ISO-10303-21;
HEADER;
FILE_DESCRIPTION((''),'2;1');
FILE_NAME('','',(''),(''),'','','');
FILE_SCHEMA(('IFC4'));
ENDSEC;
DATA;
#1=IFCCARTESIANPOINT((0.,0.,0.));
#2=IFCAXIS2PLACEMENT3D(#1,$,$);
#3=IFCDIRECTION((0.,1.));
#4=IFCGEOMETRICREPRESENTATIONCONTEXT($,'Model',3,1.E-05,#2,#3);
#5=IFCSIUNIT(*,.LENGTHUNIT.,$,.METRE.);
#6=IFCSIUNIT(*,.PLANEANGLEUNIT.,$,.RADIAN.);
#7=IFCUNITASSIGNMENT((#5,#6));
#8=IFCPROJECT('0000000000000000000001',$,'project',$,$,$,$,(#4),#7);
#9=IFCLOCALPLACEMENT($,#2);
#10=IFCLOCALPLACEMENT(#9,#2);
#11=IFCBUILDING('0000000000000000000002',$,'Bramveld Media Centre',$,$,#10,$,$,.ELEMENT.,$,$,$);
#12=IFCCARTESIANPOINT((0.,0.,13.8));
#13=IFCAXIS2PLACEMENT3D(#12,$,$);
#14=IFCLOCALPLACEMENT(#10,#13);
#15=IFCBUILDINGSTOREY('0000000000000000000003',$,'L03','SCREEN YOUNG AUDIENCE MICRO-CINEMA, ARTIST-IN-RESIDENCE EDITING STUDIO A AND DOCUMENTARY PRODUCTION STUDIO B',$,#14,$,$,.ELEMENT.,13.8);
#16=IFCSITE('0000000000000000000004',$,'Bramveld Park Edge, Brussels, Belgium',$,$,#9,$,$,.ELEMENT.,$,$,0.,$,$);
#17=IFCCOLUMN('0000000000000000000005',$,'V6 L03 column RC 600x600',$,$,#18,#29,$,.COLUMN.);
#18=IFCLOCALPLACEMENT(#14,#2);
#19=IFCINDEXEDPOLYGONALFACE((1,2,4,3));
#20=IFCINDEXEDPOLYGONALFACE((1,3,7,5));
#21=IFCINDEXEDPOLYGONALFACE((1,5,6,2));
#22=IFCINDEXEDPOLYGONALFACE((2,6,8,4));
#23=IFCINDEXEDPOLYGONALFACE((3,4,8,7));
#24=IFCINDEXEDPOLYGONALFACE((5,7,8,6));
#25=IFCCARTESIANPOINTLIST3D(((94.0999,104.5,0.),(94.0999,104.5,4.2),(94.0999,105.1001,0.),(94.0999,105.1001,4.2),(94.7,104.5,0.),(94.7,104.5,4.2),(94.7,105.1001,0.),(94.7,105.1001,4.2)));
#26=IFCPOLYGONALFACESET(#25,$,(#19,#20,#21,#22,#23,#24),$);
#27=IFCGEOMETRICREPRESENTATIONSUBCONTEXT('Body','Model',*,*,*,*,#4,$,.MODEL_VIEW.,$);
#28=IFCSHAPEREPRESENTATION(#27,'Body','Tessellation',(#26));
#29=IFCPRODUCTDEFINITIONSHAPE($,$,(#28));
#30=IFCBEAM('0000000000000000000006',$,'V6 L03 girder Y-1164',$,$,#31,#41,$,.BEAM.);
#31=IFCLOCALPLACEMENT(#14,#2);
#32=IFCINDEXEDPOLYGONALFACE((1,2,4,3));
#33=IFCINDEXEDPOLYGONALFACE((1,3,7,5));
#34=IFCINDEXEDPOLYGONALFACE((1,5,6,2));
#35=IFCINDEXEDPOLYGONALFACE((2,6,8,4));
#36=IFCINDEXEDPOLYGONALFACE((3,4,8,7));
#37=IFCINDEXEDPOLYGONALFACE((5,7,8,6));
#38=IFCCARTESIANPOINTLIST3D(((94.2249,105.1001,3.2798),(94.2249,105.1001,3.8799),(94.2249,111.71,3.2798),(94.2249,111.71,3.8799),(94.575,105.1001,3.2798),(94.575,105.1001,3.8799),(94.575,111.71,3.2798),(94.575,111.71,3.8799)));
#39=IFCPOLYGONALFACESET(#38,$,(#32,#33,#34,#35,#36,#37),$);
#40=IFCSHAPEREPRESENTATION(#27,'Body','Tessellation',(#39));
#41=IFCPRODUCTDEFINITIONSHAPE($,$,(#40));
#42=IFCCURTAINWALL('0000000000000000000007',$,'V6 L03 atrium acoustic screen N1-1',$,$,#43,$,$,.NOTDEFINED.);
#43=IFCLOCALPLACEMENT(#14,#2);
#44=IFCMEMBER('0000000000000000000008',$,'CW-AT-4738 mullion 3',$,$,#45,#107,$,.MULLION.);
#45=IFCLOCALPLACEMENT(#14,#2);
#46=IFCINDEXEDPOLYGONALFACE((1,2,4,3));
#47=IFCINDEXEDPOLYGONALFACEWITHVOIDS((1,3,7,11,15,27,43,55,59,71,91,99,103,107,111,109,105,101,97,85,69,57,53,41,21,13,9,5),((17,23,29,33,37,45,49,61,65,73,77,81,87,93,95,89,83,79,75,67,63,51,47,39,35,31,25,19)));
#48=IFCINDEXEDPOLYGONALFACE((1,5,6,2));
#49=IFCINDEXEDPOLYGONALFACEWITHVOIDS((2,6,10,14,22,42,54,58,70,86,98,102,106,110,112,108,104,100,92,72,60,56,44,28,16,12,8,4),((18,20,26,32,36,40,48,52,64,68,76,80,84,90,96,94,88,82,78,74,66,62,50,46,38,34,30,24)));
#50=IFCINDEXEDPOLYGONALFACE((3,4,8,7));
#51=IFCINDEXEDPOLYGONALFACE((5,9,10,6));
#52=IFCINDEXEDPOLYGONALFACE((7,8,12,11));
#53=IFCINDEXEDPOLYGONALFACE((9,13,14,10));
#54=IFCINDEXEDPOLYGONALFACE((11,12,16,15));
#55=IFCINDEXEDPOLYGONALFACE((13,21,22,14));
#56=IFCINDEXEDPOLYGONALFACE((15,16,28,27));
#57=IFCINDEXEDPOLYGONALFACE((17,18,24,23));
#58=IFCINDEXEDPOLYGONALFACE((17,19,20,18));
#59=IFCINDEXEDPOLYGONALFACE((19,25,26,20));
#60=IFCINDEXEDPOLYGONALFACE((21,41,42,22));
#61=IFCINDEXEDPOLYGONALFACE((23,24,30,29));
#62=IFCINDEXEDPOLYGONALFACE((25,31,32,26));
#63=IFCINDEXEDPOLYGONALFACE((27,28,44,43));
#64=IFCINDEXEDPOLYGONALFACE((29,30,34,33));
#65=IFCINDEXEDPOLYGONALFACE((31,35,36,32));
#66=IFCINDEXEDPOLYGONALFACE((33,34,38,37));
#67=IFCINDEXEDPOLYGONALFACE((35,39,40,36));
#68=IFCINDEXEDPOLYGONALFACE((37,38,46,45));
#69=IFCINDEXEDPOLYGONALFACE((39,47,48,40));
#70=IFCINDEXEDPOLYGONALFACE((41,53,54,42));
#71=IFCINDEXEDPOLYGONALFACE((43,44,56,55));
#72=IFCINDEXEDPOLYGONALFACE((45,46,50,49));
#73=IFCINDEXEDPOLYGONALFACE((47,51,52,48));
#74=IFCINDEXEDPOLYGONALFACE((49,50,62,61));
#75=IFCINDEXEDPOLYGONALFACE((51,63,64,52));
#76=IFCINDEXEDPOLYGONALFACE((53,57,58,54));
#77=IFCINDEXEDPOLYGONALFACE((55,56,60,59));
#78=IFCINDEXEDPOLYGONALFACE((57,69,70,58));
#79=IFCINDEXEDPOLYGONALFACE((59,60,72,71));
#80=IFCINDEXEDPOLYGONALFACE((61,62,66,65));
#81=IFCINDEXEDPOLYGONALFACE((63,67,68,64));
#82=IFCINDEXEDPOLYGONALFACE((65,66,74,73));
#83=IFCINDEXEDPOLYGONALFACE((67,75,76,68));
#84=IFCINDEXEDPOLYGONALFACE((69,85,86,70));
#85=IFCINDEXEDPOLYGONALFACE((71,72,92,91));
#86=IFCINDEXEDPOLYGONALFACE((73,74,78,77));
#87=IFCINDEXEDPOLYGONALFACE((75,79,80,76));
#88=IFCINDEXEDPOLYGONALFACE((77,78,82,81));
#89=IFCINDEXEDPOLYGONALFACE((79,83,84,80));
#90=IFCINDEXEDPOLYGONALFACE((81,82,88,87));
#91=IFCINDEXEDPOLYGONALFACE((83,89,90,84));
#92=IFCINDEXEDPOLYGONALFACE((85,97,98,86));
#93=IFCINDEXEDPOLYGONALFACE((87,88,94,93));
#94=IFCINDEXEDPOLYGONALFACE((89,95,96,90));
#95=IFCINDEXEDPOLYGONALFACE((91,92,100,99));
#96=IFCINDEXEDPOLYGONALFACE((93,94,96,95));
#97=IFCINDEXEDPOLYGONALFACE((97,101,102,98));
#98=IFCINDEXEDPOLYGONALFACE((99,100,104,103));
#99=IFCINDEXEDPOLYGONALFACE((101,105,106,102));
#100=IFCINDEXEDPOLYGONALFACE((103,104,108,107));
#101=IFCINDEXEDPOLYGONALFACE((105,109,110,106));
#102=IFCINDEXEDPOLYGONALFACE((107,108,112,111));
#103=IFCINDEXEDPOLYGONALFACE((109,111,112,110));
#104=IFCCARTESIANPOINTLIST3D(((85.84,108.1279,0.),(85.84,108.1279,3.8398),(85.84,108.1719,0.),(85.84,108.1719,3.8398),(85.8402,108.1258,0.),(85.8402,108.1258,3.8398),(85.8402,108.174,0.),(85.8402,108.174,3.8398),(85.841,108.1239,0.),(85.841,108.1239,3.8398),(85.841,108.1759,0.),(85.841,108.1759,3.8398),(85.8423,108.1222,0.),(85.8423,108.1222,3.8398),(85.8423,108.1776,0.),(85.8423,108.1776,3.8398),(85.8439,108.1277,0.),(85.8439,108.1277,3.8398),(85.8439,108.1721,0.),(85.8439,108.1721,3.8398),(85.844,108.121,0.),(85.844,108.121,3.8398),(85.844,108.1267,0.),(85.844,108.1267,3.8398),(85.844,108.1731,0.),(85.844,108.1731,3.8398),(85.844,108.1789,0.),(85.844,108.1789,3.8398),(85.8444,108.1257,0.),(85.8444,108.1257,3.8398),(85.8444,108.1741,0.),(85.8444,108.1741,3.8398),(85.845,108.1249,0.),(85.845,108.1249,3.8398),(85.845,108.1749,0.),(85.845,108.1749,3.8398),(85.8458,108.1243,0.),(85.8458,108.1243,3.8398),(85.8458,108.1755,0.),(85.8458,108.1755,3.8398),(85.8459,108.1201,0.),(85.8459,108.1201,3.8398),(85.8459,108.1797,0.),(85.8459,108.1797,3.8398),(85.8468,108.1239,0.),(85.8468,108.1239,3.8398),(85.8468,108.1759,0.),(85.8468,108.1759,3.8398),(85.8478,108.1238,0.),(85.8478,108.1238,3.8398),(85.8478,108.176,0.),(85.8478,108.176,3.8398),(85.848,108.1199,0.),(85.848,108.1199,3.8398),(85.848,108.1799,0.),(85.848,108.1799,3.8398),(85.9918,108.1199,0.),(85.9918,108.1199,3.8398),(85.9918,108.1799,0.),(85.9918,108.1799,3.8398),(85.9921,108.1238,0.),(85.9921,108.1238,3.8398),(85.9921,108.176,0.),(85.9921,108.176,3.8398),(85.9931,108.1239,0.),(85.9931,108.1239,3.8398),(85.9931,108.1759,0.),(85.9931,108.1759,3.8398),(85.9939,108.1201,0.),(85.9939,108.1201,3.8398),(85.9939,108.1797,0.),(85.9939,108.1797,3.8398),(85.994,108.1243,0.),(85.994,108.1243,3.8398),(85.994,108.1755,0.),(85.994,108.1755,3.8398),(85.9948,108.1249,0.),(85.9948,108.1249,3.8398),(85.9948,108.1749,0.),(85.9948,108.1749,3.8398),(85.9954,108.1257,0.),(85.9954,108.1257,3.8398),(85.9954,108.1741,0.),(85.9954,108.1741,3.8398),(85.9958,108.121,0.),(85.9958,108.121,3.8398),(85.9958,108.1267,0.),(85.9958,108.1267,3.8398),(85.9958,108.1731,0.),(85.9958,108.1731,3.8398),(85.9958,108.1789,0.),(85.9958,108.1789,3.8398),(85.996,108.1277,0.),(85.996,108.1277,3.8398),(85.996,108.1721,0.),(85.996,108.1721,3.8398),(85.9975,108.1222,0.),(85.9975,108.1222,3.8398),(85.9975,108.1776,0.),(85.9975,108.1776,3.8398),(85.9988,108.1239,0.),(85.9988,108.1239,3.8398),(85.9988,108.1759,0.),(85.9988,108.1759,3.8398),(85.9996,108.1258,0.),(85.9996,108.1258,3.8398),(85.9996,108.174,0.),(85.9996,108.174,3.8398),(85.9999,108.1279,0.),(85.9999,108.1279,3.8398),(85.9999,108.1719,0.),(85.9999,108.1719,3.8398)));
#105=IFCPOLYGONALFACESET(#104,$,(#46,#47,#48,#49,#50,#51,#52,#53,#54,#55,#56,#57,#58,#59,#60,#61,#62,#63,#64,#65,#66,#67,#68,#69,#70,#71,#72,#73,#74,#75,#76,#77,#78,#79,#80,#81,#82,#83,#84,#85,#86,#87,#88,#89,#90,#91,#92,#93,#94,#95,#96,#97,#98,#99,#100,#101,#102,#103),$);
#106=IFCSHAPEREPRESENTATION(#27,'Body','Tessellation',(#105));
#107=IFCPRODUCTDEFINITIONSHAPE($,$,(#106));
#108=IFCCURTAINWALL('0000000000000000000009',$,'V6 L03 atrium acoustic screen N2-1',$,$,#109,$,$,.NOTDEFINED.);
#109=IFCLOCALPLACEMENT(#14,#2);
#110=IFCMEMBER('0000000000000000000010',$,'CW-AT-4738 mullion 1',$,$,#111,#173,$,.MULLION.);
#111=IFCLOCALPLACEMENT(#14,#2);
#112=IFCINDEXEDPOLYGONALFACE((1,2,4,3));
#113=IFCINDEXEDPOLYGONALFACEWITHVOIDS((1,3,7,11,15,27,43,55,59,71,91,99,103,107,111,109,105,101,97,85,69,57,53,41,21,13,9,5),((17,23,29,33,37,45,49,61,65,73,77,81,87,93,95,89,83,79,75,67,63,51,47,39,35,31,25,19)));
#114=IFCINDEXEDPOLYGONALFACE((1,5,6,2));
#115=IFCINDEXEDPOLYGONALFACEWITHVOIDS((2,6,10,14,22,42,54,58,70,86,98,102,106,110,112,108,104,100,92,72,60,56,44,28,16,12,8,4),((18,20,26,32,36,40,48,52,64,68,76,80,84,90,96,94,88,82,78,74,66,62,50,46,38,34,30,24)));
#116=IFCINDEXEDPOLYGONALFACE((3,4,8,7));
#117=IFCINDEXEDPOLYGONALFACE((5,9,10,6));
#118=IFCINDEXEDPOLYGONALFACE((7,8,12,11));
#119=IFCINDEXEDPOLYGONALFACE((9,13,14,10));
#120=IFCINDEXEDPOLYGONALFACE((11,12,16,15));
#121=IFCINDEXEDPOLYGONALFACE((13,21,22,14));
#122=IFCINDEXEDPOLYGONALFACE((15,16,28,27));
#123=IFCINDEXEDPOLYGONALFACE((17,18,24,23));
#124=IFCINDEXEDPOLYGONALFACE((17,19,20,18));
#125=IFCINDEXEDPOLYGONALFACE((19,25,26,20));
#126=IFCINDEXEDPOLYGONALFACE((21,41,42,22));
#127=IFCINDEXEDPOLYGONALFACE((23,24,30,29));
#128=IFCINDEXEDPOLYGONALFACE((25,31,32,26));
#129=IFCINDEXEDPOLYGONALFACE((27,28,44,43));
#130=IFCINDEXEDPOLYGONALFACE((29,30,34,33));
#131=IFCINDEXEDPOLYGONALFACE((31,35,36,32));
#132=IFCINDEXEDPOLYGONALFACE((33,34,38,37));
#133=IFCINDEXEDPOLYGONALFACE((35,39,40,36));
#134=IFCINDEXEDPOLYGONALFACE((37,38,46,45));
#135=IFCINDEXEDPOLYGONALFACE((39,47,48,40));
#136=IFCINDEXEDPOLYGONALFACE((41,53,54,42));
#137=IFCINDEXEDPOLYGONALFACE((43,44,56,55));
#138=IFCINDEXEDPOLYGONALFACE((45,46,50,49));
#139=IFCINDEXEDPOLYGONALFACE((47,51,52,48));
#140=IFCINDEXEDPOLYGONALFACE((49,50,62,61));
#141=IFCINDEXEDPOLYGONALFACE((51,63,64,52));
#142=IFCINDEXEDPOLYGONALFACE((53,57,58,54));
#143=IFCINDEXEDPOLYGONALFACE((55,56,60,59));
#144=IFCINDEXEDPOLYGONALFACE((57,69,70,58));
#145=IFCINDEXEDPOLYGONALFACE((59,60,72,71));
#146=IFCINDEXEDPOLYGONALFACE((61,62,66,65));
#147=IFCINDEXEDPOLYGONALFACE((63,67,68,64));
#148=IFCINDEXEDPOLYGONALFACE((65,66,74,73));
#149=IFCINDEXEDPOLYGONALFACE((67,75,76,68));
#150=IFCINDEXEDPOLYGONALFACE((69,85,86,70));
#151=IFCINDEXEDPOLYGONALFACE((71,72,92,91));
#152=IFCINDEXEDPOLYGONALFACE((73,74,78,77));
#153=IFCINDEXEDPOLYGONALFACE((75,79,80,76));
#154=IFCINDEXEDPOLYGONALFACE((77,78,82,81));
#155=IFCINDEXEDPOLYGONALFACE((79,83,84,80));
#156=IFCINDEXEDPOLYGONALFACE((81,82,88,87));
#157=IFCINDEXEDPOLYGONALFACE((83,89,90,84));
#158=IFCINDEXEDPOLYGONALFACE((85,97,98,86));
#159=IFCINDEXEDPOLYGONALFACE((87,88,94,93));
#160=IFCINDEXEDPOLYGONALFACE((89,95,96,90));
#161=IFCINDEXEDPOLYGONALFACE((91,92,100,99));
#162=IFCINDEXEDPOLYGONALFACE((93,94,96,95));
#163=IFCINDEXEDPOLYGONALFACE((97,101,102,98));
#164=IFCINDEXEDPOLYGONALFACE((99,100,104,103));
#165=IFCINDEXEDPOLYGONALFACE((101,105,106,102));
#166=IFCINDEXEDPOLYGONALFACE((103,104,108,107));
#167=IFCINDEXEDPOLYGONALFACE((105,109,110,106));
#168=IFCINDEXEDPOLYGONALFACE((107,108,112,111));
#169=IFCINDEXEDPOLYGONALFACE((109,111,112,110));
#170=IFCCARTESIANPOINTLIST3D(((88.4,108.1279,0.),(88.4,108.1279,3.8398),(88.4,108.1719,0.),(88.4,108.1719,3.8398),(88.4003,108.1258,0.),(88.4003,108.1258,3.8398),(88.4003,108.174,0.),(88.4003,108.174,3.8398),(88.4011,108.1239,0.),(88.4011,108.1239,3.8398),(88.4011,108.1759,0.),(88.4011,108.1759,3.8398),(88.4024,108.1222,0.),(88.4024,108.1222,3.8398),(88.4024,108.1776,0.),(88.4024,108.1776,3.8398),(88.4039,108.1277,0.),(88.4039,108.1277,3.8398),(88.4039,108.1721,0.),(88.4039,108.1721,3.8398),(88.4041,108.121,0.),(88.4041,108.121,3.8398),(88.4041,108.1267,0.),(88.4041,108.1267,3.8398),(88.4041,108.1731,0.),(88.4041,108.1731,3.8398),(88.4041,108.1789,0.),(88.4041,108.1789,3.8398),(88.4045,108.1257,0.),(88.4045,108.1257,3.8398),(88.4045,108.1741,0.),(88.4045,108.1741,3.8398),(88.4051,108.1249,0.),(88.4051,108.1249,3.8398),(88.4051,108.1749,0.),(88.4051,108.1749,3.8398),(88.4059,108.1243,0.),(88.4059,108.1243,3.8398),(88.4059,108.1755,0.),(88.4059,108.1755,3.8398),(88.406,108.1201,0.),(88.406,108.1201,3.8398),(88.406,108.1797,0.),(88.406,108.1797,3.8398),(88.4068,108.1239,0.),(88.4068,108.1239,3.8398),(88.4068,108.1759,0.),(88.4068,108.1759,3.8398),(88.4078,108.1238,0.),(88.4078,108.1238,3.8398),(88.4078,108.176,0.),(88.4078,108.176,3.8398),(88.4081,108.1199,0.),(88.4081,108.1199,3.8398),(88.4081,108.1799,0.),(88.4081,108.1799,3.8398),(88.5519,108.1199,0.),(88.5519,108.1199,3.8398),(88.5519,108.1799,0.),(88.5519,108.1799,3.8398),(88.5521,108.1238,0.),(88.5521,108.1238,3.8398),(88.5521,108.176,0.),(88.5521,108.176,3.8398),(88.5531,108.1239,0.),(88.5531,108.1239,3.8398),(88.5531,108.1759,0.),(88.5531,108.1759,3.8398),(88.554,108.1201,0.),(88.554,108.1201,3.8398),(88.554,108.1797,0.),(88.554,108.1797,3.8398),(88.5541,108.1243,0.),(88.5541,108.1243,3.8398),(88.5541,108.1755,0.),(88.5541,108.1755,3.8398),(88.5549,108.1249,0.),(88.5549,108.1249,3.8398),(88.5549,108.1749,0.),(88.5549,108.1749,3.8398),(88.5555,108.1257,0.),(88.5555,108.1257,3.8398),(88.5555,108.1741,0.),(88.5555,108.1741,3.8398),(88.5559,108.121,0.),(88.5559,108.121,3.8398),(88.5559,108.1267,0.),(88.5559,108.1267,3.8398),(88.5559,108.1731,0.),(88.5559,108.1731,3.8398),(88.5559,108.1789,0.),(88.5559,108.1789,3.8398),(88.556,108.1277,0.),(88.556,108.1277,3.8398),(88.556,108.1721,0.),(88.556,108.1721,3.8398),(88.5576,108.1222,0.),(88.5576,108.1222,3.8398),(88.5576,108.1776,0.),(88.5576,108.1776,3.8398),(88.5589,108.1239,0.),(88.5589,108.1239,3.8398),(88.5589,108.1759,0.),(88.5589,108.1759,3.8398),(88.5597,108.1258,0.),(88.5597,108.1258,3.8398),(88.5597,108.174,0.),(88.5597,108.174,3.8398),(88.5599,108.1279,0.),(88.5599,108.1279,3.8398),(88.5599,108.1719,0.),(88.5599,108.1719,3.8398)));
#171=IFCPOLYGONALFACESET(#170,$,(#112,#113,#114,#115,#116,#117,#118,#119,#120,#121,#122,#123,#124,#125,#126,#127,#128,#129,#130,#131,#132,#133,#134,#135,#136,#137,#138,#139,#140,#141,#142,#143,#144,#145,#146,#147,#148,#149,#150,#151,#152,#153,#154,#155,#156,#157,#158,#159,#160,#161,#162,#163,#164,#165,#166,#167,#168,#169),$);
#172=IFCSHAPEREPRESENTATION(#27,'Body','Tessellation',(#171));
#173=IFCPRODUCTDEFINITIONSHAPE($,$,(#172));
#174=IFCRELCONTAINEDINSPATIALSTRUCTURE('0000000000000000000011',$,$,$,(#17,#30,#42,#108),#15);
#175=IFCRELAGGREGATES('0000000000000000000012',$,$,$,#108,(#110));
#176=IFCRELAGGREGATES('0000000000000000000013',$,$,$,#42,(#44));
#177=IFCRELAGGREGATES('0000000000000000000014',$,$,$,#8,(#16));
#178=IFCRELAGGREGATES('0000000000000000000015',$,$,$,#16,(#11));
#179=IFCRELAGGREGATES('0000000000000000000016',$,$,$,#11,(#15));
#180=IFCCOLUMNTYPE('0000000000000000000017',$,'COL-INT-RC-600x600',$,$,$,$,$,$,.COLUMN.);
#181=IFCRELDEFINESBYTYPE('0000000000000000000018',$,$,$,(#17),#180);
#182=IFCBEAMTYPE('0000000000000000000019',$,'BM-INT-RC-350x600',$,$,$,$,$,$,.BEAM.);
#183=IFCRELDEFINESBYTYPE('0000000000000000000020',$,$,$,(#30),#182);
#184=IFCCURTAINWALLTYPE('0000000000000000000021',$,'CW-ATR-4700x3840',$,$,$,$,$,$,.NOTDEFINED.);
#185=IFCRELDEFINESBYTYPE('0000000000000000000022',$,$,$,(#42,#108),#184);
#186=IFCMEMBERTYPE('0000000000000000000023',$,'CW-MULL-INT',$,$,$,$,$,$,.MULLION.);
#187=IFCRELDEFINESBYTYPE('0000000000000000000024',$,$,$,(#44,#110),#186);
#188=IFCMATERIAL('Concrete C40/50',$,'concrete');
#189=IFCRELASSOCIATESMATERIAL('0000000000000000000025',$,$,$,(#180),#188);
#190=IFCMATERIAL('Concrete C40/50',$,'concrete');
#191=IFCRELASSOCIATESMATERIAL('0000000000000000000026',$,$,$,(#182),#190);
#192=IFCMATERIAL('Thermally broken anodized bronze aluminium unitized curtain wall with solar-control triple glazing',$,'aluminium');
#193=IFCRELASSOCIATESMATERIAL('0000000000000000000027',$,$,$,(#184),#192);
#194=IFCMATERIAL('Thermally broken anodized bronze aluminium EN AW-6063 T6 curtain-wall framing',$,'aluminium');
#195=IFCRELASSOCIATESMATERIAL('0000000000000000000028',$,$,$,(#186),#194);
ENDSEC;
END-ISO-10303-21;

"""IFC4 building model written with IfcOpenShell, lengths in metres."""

from ifc_helpers import new_model, si_unit, direction, frame, origin, origin_2d, place, context, subcontext, project, spatial, rectangle, hollow_rectangle, extrude, material, material_profile, profile_set, type_object, element, aggregate, save


model = new_model("IFC4")

# Units and contexts
model_context = context("Model", 3, precision=1e-05, world=origin(), true_north=direction((0.0, 1.0)))
body_context = subcontext(model_context, "Body", "Model", "MODEL_VIEW")
ifc_project = project(units=[si_unit("LENGTHUNIT", "METRE"), si_unit("PLANEANGLEUNIT", "RADIAN")], contexts=[model_context])

# Site, building, storey
site_placement = place(None, origin())
site = spatial("IfcSite", under=ifc_project, at=site_placement, Name="Bramveld Park Edge, Brussels, Belgium", CompositionType="ELEMENT", RefElevation=0.0)
building_placement = place(site_placement, origin())
building = spatial("IfcBuilding", under=site, at=building_placement, Name="Bramveld Media Centre", CompositionType="ELEMENT")
storey_placement = place(building_placement, frame((0.0, 0.0, 13.8)))
storey = spatial("IfcBuildingStorey", under=building, at=storey_placement, Name="L03", Description="SCREEN YOUNG AUDIENCE MICRO-CINEMA, ARTIST-IN-RESIDENCE EDITING STUDIO A AND DOCUMENTARY PRODUCTION STUDIO B", CompositionType="ELEMENT", Elevation=13.8)

# Column
ifc_material_1 = material(Name="Concrete C40/50", Category="concrete")
ifc_material_profile_1 = material_profile(ifc_material_1, rectangle(XDim=0.6001, YDim=0.6001, at=origin_2d()), Name="RC 600x600")
ifc_profile_set_1 = profile_set([ifc_material_profile_1], Name="Concrete C40/50")
column_type = type_object("IfcColumnType", Name="COL-INT-RC-600x600", PredefinedType="COLUMN", material=ifc_profile_set_1)
column_placement = place(storey_placement, frame((94.3999, 104.8, 0.0), z_axis=(0.0, 0.0, 1.0), x_axis=(1.0, 0.0, 0.0)))
element("IfcColumn", 1, at=column_placement, inside=storey, type_object=column_type, Name="V6 L03 column RC 600x600", PredefinedType="COLUMN", context=body_context, shape_type="SweptSolid", body=[
    extrude(rectangle(XDim=0.6001, YDim=0.6001, at=origin_2d()), origin(), (0.0, 0.0, 1.0), 4.2),
])

# Beam
ifc_material_2 = material(Name="Concrete C40/50", Category="concrete")
ifc_material_profile_2 = material_profile(ifc_material_2, rectangle(XDim=0.3501, YDim=0.6001, at=origin_2d()), Name="RC 350x600")
ifc_profile_set_2 = profile_set([ifc_material_profile_2], Name="Concrete C40/50")
beam_type = type_object("IfcBeamType", Name="BM-INT-RC-350x600", PredefinedType="BEAM", material=ifc_profile_set_2)
beam_placement = place(storey_placement, frame((94.3999, 105.1001, 3.5798), z_axis=(0.0, 1.0, 0.0), x_axis=(-1.0, 0.0, 0.0)))
element("IfcBeam", 2, at=beam_placement, inside=storey, type_object=beam_type, Name="V6 L03 girder Y-1164", PredefinedType="BEAM", context=body_context, shape_type="SweptSolid", body=[
    extrude(rectangle(XDim=0.3501, YDim=0.6001, at=origin_2d()), origin(), (0.0, 0.0, 1.0), 6.6099),
])

# Curtain walls, members
ifc_material_3 = material(Name="Thermally broken anodized bronze aluminium unitized curtain wall with solar-control triple glazing", Category="aluminium")
curtain_wall_type_1 = type_object("IfcCurtainWallType", Name="CW-ATR-4700x3840", PredefinedType="NOTDEFINED", material=ifc_material_3)
curtain_wall_1_placement = place(storey_placement, origin())
curtain_wall_1 = element("IfcCurtainWall", 3, at=curtain_wall_1_placement, inside=storey, type_object=curtain_wall_type_1, Name="V6 L03 atrium acoustic screen N1-1", PredefinedType="NOTDEFINED")
ifc_material_4 = material(Name="Thermally broken anodized bronze aluminium EN AW-6063 T6 curtain-wall framing", Category="aluminium")
ifc_material_profile_3 = material_profile(ifc_material_4, hollow_rectangle(XDim=0.0601, YDim=0.1599, WallThickness=0.0039, InnerFilletRadius=0.0039, OuterFilletRadius=0.0081, at=origin_2d()), Name="AL-MULL 60x160")
ifc_profile_set_3 = profile_set([ifc_material_profile_3], Name="Thermally broken anodized bronze aluminium EN AW-6063 T6 curtain-wall framing")
member_type_1 = type_object("IfcMemberType", Name="CW-MULL-INT", PredefinedType="MULLION", material=ifc_profile_set_3)
member_1_placement = place(storey_placement, frame((85.9199, 108.1499, 0.0), z_axis=(0.0, 0.0, 1.0), x_axis=(0.0, 1.0, 0.0)))
member_1 = element("IfcMember", 4, at=member_1_placement, type_object=member_type_1, Name="CW-AT-4738 mullion 3", PredefinedType="MULLION", context=body_context, shape_type="SweptSolid", body=[
    extrude(hollow_rectangle(XDim=0.0601, YDim=0.1599, WallThickness=0.0039, InnerFilletRadius=0.0039, OuterFilletRadius=0.0081, at=origin_2d()), origin(), (0.0, 0.0, 1.0), 3.8398),
])
curtain_wall_2_placement = place(storey_placement, origin())
curtain_wall_2 = element("IfcCurtainWall", 5, at=curtain_wall_2_placement, inside=storey, type_object=curtain_wall_type_1, Name="V6 L03 atrium acoustic screen N2-1", PredefinedType="NOTDEFINED")
member_2_placement = place(storey_placement, frame((88.48, 108.1499, 0.0), z_axis=(0.0, 0.0, 1.0), x_axis=(0.0, 1.0, 0.0)))
member_2 = element("IfcMember", 6, at=member_2_placement, type_object=member_type_1, Name="CW-AT-4738 mullion 1", PredefinedType="MULLION", context=body_context, shape_type="SweptSolid", body=[
    extrude(hollow_rectangle(XDim=0.0601, YDim=0.1599, WallThickness=0.0039, InnerFilletRadius=0.0039, OuterFilletRadius=0.0081, at=origin_2d()), origin(), (0.0, 0.0, 1.0), 3.8398),
])
aggregate(curtain_wall_2, [member_2])

aggregate(curtain_wall_1, [member_1])

save(model, "model.ifc")
